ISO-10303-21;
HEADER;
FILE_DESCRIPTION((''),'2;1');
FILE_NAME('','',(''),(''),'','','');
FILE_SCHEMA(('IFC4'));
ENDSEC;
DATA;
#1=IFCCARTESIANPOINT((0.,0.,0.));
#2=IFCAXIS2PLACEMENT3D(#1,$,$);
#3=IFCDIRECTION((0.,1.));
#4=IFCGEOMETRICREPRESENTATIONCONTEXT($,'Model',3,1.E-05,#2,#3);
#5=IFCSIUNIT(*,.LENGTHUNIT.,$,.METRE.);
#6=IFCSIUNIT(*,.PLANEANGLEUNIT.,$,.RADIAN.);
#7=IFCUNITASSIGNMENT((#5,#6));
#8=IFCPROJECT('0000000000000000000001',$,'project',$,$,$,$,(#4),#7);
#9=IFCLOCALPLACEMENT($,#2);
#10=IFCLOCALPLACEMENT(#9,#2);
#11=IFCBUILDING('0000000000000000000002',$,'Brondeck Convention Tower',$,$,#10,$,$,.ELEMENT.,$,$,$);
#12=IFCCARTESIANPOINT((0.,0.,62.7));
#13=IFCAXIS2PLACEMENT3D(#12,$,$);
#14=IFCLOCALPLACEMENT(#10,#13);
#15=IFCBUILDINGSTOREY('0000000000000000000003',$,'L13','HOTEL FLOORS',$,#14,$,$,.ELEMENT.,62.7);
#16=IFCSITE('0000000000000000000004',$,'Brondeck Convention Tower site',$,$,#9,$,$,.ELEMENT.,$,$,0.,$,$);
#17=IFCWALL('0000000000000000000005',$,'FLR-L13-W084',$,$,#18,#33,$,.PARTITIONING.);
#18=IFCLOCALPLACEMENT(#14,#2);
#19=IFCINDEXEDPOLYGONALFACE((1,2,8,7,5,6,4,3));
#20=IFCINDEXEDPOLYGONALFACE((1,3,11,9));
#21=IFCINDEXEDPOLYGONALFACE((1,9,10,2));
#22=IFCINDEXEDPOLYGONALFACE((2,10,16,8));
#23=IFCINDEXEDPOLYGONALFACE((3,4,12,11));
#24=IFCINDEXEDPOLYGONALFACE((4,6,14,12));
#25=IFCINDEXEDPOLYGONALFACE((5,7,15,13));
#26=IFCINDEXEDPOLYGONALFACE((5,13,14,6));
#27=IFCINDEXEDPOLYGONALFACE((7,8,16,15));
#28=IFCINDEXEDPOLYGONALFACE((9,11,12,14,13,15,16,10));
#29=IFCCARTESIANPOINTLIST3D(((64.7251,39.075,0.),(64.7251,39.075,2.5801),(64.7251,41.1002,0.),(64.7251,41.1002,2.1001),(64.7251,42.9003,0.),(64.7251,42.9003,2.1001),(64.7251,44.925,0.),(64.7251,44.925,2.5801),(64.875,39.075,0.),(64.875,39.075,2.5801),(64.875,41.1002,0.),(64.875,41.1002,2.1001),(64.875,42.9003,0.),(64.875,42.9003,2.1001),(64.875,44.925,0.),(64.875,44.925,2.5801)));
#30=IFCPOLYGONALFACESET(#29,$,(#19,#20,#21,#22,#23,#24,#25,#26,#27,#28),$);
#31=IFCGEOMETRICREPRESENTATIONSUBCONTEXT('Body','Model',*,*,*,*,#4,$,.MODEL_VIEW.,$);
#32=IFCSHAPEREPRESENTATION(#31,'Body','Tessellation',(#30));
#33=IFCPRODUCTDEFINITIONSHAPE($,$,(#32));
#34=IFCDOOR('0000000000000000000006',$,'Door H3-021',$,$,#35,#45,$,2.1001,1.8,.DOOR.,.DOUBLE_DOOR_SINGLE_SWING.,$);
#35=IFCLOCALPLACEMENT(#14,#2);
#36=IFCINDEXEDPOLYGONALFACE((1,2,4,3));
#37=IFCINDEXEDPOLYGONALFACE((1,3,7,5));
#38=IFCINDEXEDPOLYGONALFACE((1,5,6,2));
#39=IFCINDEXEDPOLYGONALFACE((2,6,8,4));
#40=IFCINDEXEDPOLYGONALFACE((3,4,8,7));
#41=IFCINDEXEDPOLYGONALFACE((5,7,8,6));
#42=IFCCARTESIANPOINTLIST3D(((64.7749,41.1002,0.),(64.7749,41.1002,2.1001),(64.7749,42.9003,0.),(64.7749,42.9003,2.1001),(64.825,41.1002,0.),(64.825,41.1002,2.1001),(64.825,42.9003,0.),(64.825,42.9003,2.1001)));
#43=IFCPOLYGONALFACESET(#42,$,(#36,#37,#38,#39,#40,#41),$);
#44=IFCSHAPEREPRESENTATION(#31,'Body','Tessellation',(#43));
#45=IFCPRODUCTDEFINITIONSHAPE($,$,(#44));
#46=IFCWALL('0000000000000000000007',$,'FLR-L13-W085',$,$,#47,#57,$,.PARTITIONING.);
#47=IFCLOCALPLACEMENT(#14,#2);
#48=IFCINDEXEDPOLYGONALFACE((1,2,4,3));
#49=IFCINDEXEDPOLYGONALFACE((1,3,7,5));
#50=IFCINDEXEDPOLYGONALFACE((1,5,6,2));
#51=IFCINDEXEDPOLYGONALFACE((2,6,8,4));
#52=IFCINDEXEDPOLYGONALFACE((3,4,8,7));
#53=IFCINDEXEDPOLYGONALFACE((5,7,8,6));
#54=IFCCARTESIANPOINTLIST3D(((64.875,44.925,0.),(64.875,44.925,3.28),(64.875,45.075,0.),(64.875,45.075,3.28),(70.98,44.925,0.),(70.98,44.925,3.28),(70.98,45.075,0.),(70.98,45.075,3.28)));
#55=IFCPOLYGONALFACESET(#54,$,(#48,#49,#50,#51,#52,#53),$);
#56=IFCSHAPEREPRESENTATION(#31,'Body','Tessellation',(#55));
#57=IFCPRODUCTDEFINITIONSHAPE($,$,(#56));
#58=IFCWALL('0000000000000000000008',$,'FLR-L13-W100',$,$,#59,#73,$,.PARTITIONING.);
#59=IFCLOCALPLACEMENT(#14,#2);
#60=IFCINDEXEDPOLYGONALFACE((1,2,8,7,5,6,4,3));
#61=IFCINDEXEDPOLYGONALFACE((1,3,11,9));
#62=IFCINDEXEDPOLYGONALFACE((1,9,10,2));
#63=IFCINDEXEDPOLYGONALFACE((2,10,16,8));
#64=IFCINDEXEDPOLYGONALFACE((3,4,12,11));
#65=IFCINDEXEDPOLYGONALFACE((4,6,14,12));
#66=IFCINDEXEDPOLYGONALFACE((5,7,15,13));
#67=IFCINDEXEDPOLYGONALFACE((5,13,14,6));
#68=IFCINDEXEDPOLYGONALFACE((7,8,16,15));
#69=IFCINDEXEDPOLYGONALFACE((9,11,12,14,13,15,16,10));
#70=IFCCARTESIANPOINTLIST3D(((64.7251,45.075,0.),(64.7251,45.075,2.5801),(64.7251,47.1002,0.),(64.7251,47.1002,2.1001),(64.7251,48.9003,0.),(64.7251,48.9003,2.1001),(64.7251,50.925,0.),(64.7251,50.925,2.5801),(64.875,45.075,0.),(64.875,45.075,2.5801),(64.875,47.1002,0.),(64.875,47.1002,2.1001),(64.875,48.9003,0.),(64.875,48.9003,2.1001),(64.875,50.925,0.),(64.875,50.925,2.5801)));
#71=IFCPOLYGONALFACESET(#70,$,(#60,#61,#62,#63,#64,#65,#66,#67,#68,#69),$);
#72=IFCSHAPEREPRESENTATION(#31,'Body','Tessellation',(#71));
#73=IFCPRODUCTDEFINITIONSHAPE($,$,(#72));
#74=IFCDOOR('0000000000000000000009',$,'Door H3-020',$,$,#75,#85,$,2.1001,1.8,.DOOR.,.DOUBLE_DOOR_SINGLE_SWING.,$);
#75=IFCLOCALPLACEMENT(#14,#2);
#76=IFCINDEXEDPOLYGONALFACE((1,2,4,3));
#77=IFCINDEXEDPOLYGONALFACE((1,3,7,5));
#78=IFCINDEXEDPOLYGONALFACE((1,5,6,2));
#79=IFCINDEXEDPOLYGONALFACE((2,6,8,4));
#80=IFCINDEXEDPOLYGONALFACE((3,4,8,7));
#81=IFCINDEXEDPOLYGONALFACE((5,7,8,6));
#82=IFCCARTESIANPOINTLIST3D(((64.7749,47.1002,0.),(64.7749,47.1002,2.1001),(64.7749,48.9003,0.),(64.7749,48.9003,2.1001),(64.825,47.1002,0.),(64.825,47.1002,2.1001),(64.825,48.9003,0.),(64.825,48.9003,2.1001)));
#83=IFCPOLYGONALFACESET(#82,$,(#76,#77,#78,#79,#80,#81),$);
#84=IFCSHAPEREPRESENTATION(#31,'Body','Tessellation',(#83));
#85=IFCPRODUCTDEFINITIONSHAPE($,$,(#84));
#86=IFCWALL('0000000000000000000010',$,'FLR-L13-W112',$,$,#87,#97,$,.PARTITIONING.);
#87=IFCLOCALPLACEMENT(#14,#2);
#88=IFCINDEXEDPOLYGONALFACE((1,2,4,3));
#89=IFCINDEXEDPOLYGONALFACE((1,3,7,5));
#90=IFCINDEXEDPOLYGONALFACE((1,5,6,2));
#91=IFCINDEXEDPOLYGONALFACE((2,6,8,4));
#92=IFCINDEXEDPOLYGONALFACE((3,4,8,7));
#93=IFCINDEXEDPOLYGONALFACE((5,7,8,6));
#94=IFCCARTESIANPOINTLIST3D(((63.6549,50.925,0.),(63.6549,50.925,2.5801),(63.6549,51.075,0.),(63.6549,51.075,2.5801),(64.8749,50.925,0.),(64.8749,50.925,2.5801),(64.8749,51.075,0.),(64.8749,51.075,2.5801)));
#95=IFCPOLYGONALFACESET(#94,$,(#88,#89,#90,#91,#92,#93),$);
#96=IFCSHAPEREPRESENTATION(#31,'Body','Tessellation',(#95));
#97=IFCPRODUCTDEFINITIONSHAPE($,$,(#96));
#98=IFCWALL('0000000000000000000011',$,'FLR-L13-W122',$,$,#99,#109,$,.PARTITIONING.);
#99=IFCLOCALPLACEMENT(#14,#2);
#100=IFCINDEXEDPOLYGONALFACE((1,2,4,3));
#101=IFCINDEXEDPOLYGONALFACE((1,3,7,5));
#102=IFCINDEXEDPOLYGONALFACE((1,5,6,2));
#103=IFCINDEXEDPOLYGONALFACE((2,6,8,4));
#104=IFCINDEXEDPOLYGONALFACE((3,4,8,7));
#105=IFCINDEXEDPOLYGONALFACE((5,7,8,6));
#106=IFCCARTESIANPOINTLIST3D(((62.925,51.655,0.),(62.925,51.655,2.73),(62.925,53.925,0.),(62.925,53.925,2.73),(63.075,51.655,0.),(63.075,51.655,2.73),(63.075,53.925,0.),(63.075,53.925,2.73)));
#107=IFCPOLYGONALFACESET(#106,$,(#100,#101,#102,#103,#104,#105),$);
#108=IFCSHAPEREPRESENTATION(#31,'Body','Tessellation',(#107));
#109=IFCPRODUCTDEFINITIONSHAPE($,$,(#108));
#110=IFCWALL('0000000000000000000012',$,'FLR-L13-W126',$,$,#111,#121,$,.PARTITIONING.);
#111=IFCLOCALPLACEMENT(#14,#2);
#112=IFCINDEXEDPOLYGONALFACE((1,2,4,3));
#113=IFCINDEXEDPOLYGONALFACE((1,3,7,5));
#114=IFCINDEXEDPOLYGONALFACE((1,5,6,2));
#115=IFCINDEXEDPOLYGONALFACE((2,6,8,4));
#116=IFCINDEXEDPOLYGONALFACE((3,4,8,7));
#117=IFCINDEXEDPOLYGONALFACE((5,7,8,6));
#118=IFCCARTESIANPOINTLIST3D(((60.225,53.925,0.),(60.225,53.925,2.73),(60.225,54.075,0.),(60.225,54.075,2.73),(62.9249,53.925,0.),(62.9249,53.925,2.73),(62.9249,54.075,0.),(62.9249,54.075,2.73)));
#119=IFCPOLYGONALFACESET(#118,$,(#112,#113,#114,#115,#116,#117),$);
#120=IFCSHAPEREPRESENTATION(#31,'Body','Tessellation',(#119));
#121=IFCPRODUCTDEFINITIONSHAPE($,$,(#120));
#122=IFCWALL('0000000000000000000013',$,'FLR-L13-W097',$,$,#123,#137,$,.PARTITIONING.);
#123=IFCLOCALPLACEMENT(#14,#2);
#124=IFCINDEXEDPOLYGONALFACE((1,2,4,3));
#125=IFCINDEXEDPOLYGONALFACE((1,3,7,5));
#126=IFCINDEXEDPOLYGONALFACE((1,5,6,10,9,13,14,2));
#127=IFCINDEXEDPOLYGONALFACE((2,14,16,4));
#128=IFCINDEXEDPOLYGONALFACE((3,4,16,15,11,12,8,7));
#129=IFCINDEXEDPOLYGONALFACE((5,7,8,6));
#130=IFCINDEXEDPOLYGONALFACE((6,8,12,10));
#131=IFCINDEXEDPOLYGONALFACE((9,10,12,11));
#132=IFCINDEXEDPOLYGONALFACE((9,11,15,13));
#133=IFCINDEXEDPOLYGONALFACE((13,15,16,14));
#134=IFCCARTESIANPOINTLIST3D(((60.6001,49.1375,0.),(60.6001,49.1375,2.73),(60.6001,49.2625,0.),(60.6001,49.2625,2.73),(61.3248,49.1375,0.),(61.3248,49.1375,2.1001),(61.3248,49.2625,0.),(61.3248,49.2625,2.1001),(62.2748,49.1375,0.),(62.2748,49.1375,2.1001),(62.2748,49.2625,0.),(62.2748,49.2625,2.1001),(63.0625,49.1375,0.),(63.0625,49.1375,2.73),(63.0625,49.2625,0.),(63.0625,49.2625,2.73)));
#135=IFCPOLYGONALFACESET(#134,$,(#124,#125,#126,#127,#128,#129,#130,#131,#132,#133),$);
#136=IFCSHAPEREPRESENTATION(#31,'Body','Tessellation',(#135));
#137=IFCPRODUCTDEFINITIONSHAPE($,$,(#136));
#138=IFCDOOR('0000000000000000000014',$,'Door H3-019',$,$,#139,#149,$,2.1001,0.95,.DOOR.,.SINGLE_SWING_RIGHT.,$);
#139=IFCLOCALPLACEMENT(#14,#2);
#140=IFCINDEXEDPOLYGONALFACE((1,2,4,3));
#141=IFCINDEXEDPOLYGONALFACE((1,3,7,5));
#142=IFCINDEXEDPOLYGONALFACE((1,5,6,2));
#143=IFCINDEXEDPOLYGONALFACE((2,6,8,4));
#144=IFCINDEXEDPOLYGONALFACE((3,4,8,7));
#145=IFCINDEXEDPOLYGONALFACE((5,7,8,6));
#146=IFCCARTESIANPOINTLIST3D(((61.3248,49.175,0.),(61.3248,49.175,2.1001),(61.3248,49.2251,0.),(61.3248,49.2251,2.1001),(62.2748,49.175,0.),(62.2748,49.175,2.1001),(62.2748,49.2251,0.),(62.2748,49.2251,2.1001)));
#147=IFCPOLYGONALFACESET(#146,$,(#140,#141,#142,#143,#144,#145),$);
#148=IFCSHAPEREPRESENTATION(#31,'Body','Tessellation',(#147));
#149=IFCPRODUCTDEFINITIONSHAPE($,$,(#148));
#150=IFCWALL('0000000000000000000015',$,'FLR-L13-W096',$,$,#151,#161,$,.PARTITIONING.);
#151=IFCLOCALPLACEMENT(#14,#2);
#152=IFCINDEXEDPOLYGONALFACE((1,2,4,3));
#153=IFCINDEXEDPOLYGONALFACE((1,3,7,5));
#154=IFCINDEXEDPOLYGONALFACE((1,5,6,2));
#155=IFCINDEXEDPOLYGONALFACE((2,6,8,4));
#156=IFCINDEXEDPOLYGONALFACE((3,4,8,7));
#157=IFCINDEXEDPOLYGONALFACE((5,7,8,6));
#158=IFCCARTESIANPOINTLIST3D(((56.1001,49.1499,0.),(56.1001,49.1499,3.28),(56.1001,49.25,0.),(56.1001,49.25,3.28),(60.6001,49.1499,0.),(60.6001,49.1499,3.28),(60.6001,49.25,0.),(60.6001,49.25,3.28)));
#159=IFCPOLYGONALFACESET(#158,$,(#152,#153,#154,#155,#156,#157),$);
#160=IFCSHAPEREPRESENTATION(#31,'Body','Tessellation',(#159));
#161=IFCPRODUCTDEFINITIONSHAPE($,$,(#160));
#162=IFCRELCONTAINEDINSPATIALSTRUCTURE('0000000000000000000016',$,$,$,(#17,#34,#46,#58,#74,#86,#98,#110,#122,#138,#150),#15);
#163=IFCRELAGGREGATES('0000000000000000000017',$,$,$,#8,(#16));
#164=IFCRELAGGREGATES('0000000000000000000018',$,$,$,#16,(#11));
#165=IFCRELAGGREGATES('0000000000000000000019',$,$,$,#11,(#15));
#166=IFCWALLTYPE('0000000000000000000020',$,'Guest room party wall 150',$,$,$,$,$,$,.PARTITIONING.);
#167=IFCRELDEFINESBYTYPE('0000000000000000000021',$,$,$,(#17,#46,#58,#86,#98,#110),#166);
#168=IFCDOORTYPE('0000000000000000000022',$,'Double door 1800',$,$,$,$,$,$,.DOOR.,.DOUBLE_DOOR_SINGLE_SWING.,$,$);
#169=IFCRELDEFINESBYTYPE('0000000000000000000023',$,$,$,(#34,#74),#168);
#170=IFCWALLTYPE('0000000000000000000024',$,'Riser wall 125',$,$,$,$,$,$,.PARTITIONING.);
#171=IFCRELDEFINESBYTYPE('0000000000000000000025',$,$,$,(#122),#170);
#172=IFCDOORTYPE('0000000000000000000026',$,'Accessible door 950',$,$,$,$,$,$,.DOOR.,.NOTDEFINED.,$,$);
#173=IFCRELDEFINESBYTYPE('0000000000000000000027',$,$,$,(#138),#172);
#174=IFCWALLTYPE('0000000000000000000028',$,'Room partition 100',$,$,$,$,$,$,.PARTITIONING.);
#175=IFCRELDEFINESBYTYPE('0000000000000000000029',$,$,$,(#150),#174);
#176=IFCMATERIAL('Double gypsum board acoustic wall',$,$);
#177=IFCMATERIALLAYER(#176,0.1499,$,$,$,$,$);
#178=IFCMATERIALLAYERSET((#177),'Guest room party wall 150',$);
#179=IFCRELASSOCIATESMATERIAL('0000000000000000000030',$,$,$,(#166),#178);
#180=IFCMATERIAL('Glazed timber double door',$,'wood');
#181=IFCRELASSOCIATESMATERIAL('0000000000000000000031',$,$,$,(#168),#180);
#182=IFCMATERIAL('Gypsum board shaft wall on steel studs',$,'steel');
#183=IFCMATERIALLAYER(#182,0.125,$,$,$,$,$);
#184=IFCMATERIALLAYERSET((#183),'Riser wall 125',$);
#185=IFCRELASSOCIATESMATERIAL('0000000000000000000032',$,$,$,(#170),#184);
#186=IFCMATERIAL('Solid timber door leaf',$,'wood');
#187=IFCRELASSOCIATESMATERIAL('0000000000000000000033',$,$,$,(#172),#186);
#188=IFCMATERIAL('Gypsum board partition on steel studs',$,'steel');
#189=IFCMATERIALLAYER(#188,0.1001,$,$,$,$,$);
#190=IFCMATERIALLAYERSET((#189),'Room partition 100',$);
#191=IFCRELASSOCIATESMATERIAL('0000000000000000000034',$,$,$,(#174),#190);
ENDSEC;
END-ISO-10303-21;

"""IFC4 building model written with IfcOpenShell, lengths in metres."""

from ifc_helpers import new_model, si_unit, direction, frame, frame_2d, origin, place, context, subcontext, project, spatial, rectangle, extrude, material, layer, layer_set, type_object, element, fill, save


model = new_model("IFC4")

# Units and contexts
model_context = context("Model", 3, precision=1e-05, world=origin(), true_north=direction((0.0, 1.0)))
body_context = subcontext(model_context, "Body", "Model", "MODEL_VIEW")
ifc_project = project(units=[si_unit("LENGTHUNIT", "METRE"), si_unit("PLANEANGLEUNIT", "RADIAN")], contexts=[model_context])

# Site, building, storey
site_placement = place(None, origin())
site = spatial("IfcSite", under=ifc_project, at=site_placement, Name="Brondeck Convention Tower site", CompositionType="ELEMENT", RefElevation=0.0)
building_placement = place(site_placement, origin())
building = spatial("IfcBuilding", under=site, at=building_placement, Name="Brondeck Convention Tower", CompositionType="ELEMENT")
storey_placement = place(building_placement, frame((0.0, 0.0, 62.7)))
storey = spatial("IfcBuildingStorey", under=building, at=storey_placement, Name="L13", Description="HOTEL FLOORS", CompositionType="ELEMENT", Elevation=62.7)

# Wall, opening, door
ifc_material_1 = material(Name="Double gypsum board acoustic wall")
ifc_layer_1 = layer(ifc_material_1, 0.1499)
ifc_layer_set_1 = layer_set([ifc_layer_1], Name="Guest room party wall 150")
wall_type_1 = type_object("IfcWallType", Name="Guest room party wall 150", PredefinedType="PARTITIONING", material=ifc_layer_set_1)
wall_1_placement = place(storey_placement, frame((64.8, 44.925, 0.0), z_axis=(0.0, 0.0, 1.0), x_axis=(0.0, -1.0, 0.0)))
wall_1 = element("IfcWall", 1, at=wall_1_placement, inside=storey, type_object=wall_type_1, Name="FLR-L13-W084", PredefinedType="PARTITIONING", context=body_context, shape_type="SweptSolid", body=[
    extrude(rectangle(XDim=5.8501, YDim=0.1499, at=frame_2d((2.925, 0.0))), origin(), (0.0, 0.0, 1.0), 2.5801),
])
opening_1_placement = place(wall_1_placement, frame((2.0249, 0.0, 0.0)))
opening_1 = element("IfcOpeningElement", 2, at=opening_1_placement, cuts=wall_1, PredefinedType="OPENING", context=body_context, shape_type="SweptSolid", body=[
    extrude(rectangle(XDim=1.8, YDim=2.1001, at=frame_2d((0.8999, 1.05))), frame((0.0, 0.085, 0.0), z_axis=(0.0, -1.0, 0.0), x_axis=(1.0, 0.0, 0.0)), (0.0, 0.0, 1.0), 0.1699),
])
ifc_material_2 = material(Name="Glazed timber double door", Category="wood")
door_type_1 = type_object("IfcDoorType", Name="Double door 1800", OperationType="DOUBLE_DOOR_SINGLE_SWING", PredefinedType="DOOR", material=ifc_material_2)
door_1_placement = place(opening_1_placement, origin())
door_1 = element("IfcDoor", 3, at=door_1_placement, inside=storey, type_object=door_type_1, Name="Door H3-021", OperationType="DOUBLE_DOOR_SINGLE_SWING", OverallHeight=2.1001, OverallWidth=1.8, PredefinedType="DOOR", context=body_context, shape_type="SweptSolid", body=[
    extrude(rectangle(XDim=1.8, YDim=2.1001, at=frame_2d((0.8999, 1.05))), frame((0.0, 0.0249, 0.0), z_axis=(0.0, -1.0, 0.0), x_axis=(1.0, 0.0, 0.0)), (0.0, 0.0, 1.0), 0.05),
])
fill(opening_1, door_1)

# Wall
wall_2_placement = place(storey_placement, frame((70.98, 45.0, 0.0), z_axis=(0.0, 0.0, 1.0), x_axis=(-1.0, 0.0, 0.0)))
element("IfcWall", 4, at=wall_2_placement, inside=storey, type_object=wall_type_1, Name="FLR-L13-W085", PredefinedType="PARTITIONING", context=body_context, shape_type="SweptSolid", body=[
    extrude(rectangle(XDim=6.105, YDim=0.1499, at=frame_2d((3.0525, 0.0))), origin(), (0.0, 0.0, 1.0), 3.28),
])

# Wall, opening, door
wall_3_placement = place(storey_placement, frame((64.8, 50.925, 0.0), z_axis=(0.0, 0.0, 1.0), x_axis=(0.0, -1.0, 0.0)))
wall_3 = element("IfcWall", 5, at=wall_3_placement, inside=storey, type_object=wall_type_1, Name="FLR-L13-W100", PredefinedType="PARTITIONING", context=body_context, shape_type="SweptSolid", body=[
    extrude(rectangle(XDim=5.8501, YDim=0.1499, at=frame_2d((2.925, 0.0))), origin(), (0.0, 0.0, 1.0), 2.5801),
])
opening_2_placement = place(wall_3_placement, frame((2.0249, 0.0, 0.0)))
opening_2 = element("IfcOpeningElement", 6, at=opening_2_placement, cuts=wall_3, PredefinedType="OPENING", context=body_context, shape_type="SweptSolid", body=[
    extrude(rectangle(XDim=1.8, YDim=2.1001, at=frame_2d((0.8999, 1.05))), frame((0.0, 0.085, 0.0), z_axis=(0.0, -1.0, 0.0), x_axis=(1.0, 0.0, 0.0)), (0.0, 0.0, 1.0), 0.1699),
])
door_2_placement = place(opening_2_placement, origin())
door_2 = element("IfcDoor", 7, at=door_2_placement, inside=storey, type_object=door_type_1, Name="Door H3-020", OperationType="DOUBLE_DOOR_SINGLE_SWING", OverallHeight=2.1001, OverallWidth=1.8, PredefinedType="DOOR", context=body_context, shape_type="SweptSolid", body=[
    extrude(rectangle(XDim=1.8, YDim=2.1001, at=frame_2d((0.8999, 1.05))), frame((0.0, 0.0249, 0.0), z_axis=(0.0, -1.0, 0.0), x_axis=(1.0, 0.0, 0.0)), (0.0, 0.0, 1.0), 0.05),
])
fill(opening_2, door_2)

# Walls
wall_4_placement = place(storey_placement, frame((63.655, 51.0, 0.0), z_axis=(0.0, 0.0, 1.0), x_axis=(1.0, 0.0, 0.0)))
element("IfcWall", 8, at=wall_4_placement, inside=storey, type_object=wall_type_1, Name="FLR-L13-W112", PredefinedType="PARTITIONING", context=body_context, shape_type="SweptSolid", body=[
    extrude(rectangle(XDim=1.22, YDim=0.1499, at=frame_2d((0.6099, 0.0))), origin(), (0.0, 0.0, 1.0), 2.5801),
])
wall_5_placement = place(storey_placement, frame((63.0, 53.925, 0.0), z_axis=(0.0, 0.0, 1.0), x_axis=(0.0, -1.0, 0.0)))
element("IfcWall", 9, at=wall_5_placement, inside=storey, type_object=wall_type_1, Name="FLR-L13-W122", PredefinedType="PARTITIONING", context=body_context, shape_type="SweptSolid", body=[
    extrude(rectangle(XDim=2.27, YDim=0.1499, at=frame_2d((1.135, 0.0))), origin(), (0.0, 0.0, 1.0), 2.73),
])
wall_6_placement = place(storey_placement, frame((62.925, 54.0, 0.0), z_axis=(0.0, 0.0, 1.0), x_axis=(-1.0, 0.0, 0.0)))
element("IfcWall", 10, at=wall_6_placement, inside=storey, type_object=wall_type_1, Name="FLR-L13-W126", PredefinedType="PARTITIONING", context=body_context, shape_type="SweptSolid", body=[
    extrude(rectangle(XDim=2.7, YDim=0.1499, at=frame_2d((1.3501, 0.0))), origin(), (0.0, 0.0, 1.0), 2.73),
])

# Wall, opening, door
ifc_material_3 = material(Name="Gypsum board shaft wall on steel studs", Category="steel")
ifc_layer_2 = layer(ifc_material_3, 0.125)
ifc_layer_set_2 = layer_set([ifc_layer_2], Name="Riser wall 125")
wall_type_2 = type_object("IfcWallType", Name="Riser wall 125", PredefinedType="PARTITIONING", material=ifc_layer_set_2)
wall_7_placement = place(storey_placement, frame((63.0625, 49.2, 0.0), z_axis=(0.0, 0.0, 1.0), x_axis=(-1.0, 0.0, 0.0)))
wall_7 = element("IfcWall", 11, at=wall_7_placement, inside=storey, type_object=wall_type_2, Name="FLR-L13-W097", PredefinedType="PARTITIONING", context=body_context, shape_type="SweptSolid", body=[
    extrude(rectangle(XDim=2.4624, YDim=0.125, at=frame_2d((1.2312, 0.0))), origin(), (0.0, 0.0, 1.0), 2.73),
])
opening_3_placement = place(wall_7_placement, frame((0.7876, 0.0, 0.0)))
opening_3 = element("IfcOpeningElement", 12, at=opening_3_placement, cuts=wall_7, PredefinedType="OPENING", context=body_context, shape_type="SweptSolid", body=[
    extrude(rectangle(XDim=0.95, YDim=2.1001, at=frame_2d((0.4751, 1.05))), frame((0.0, 0.0725, 0.0), z_axis=(0.0, -1.0, 0.0), x_axis=(1.0, 0.0, 0.0)), (0.0, 0.0, 1.0), 0.145),
])
ifc_material_4 = material(Name="Solid timber door leaf", Category="wood")
door_type_2 = type_object("IfcDoorType", Name="Accessible door 950", OperationType="NOTDEFINED", PredefinedType="DOOR", material=ifc_material_4)
door_3_placement = place(opening_3_placement, origin())
door_3 = element("IfcDoor", 13, at=door_3_placement, inside=storey, type_object=door_type_2, Name="Door H3-019", OperationType="SINGLE_SWING_RIGHT", OverallHeight=2.1001, OverallWidth=0.95, PredefinedType="DOOR", context=body_context, shape_type="SweptSolid", body=[
    extrude(rectangle(XDim=0.95, YDim=2.1001, at=frame_2d((0.4751, 1.05))), frame((0.0, 0.0249, 0.0), z_axis=(0.0, -1.0, 0.0), x_axis=(1.0, 0.0, 0.0)), (0.0, 0.0, 1.0), 0.05),
])
fill(opening_3, door_3)

# Wall
ifc_material_5 = material(Name="Gypsum board partition on steel studs", Category="steel")
ifc_layer_3 = layer(ifc_material_5, 0.1001)
ifc_layer_set_3 = layer_set([ifc_layer_3], Name="Room partition 100")
wall_type_3 = type_object("IfcWallType", Name="Room partition 100", PredefinedType="PARTITIONING", material=ifc_layer_set_3)
wall_8_placement = place(storey_placement, frame((60.6001, 49.2, 0.0), z_axis=(0.0, 0.0, 1.0), x_axis=(-1.0, 0.0, 0.0)))
element("IfcWall", 14, at=wall_8_placement, inside=storey, type_object=wall_type_3, Name="FLR-L13-W096", PredefinedType="PARTITIONING", context=body_context, shape_type="SweptSolid", body=[
    extrude(rectangle(XDim=4.5, YDim=0.1001, at=frame_2d((2.25, 0.0))), origin(), (0.0, 0.0, 1.0), 3.28),
])

save(model, "model.ifc")
